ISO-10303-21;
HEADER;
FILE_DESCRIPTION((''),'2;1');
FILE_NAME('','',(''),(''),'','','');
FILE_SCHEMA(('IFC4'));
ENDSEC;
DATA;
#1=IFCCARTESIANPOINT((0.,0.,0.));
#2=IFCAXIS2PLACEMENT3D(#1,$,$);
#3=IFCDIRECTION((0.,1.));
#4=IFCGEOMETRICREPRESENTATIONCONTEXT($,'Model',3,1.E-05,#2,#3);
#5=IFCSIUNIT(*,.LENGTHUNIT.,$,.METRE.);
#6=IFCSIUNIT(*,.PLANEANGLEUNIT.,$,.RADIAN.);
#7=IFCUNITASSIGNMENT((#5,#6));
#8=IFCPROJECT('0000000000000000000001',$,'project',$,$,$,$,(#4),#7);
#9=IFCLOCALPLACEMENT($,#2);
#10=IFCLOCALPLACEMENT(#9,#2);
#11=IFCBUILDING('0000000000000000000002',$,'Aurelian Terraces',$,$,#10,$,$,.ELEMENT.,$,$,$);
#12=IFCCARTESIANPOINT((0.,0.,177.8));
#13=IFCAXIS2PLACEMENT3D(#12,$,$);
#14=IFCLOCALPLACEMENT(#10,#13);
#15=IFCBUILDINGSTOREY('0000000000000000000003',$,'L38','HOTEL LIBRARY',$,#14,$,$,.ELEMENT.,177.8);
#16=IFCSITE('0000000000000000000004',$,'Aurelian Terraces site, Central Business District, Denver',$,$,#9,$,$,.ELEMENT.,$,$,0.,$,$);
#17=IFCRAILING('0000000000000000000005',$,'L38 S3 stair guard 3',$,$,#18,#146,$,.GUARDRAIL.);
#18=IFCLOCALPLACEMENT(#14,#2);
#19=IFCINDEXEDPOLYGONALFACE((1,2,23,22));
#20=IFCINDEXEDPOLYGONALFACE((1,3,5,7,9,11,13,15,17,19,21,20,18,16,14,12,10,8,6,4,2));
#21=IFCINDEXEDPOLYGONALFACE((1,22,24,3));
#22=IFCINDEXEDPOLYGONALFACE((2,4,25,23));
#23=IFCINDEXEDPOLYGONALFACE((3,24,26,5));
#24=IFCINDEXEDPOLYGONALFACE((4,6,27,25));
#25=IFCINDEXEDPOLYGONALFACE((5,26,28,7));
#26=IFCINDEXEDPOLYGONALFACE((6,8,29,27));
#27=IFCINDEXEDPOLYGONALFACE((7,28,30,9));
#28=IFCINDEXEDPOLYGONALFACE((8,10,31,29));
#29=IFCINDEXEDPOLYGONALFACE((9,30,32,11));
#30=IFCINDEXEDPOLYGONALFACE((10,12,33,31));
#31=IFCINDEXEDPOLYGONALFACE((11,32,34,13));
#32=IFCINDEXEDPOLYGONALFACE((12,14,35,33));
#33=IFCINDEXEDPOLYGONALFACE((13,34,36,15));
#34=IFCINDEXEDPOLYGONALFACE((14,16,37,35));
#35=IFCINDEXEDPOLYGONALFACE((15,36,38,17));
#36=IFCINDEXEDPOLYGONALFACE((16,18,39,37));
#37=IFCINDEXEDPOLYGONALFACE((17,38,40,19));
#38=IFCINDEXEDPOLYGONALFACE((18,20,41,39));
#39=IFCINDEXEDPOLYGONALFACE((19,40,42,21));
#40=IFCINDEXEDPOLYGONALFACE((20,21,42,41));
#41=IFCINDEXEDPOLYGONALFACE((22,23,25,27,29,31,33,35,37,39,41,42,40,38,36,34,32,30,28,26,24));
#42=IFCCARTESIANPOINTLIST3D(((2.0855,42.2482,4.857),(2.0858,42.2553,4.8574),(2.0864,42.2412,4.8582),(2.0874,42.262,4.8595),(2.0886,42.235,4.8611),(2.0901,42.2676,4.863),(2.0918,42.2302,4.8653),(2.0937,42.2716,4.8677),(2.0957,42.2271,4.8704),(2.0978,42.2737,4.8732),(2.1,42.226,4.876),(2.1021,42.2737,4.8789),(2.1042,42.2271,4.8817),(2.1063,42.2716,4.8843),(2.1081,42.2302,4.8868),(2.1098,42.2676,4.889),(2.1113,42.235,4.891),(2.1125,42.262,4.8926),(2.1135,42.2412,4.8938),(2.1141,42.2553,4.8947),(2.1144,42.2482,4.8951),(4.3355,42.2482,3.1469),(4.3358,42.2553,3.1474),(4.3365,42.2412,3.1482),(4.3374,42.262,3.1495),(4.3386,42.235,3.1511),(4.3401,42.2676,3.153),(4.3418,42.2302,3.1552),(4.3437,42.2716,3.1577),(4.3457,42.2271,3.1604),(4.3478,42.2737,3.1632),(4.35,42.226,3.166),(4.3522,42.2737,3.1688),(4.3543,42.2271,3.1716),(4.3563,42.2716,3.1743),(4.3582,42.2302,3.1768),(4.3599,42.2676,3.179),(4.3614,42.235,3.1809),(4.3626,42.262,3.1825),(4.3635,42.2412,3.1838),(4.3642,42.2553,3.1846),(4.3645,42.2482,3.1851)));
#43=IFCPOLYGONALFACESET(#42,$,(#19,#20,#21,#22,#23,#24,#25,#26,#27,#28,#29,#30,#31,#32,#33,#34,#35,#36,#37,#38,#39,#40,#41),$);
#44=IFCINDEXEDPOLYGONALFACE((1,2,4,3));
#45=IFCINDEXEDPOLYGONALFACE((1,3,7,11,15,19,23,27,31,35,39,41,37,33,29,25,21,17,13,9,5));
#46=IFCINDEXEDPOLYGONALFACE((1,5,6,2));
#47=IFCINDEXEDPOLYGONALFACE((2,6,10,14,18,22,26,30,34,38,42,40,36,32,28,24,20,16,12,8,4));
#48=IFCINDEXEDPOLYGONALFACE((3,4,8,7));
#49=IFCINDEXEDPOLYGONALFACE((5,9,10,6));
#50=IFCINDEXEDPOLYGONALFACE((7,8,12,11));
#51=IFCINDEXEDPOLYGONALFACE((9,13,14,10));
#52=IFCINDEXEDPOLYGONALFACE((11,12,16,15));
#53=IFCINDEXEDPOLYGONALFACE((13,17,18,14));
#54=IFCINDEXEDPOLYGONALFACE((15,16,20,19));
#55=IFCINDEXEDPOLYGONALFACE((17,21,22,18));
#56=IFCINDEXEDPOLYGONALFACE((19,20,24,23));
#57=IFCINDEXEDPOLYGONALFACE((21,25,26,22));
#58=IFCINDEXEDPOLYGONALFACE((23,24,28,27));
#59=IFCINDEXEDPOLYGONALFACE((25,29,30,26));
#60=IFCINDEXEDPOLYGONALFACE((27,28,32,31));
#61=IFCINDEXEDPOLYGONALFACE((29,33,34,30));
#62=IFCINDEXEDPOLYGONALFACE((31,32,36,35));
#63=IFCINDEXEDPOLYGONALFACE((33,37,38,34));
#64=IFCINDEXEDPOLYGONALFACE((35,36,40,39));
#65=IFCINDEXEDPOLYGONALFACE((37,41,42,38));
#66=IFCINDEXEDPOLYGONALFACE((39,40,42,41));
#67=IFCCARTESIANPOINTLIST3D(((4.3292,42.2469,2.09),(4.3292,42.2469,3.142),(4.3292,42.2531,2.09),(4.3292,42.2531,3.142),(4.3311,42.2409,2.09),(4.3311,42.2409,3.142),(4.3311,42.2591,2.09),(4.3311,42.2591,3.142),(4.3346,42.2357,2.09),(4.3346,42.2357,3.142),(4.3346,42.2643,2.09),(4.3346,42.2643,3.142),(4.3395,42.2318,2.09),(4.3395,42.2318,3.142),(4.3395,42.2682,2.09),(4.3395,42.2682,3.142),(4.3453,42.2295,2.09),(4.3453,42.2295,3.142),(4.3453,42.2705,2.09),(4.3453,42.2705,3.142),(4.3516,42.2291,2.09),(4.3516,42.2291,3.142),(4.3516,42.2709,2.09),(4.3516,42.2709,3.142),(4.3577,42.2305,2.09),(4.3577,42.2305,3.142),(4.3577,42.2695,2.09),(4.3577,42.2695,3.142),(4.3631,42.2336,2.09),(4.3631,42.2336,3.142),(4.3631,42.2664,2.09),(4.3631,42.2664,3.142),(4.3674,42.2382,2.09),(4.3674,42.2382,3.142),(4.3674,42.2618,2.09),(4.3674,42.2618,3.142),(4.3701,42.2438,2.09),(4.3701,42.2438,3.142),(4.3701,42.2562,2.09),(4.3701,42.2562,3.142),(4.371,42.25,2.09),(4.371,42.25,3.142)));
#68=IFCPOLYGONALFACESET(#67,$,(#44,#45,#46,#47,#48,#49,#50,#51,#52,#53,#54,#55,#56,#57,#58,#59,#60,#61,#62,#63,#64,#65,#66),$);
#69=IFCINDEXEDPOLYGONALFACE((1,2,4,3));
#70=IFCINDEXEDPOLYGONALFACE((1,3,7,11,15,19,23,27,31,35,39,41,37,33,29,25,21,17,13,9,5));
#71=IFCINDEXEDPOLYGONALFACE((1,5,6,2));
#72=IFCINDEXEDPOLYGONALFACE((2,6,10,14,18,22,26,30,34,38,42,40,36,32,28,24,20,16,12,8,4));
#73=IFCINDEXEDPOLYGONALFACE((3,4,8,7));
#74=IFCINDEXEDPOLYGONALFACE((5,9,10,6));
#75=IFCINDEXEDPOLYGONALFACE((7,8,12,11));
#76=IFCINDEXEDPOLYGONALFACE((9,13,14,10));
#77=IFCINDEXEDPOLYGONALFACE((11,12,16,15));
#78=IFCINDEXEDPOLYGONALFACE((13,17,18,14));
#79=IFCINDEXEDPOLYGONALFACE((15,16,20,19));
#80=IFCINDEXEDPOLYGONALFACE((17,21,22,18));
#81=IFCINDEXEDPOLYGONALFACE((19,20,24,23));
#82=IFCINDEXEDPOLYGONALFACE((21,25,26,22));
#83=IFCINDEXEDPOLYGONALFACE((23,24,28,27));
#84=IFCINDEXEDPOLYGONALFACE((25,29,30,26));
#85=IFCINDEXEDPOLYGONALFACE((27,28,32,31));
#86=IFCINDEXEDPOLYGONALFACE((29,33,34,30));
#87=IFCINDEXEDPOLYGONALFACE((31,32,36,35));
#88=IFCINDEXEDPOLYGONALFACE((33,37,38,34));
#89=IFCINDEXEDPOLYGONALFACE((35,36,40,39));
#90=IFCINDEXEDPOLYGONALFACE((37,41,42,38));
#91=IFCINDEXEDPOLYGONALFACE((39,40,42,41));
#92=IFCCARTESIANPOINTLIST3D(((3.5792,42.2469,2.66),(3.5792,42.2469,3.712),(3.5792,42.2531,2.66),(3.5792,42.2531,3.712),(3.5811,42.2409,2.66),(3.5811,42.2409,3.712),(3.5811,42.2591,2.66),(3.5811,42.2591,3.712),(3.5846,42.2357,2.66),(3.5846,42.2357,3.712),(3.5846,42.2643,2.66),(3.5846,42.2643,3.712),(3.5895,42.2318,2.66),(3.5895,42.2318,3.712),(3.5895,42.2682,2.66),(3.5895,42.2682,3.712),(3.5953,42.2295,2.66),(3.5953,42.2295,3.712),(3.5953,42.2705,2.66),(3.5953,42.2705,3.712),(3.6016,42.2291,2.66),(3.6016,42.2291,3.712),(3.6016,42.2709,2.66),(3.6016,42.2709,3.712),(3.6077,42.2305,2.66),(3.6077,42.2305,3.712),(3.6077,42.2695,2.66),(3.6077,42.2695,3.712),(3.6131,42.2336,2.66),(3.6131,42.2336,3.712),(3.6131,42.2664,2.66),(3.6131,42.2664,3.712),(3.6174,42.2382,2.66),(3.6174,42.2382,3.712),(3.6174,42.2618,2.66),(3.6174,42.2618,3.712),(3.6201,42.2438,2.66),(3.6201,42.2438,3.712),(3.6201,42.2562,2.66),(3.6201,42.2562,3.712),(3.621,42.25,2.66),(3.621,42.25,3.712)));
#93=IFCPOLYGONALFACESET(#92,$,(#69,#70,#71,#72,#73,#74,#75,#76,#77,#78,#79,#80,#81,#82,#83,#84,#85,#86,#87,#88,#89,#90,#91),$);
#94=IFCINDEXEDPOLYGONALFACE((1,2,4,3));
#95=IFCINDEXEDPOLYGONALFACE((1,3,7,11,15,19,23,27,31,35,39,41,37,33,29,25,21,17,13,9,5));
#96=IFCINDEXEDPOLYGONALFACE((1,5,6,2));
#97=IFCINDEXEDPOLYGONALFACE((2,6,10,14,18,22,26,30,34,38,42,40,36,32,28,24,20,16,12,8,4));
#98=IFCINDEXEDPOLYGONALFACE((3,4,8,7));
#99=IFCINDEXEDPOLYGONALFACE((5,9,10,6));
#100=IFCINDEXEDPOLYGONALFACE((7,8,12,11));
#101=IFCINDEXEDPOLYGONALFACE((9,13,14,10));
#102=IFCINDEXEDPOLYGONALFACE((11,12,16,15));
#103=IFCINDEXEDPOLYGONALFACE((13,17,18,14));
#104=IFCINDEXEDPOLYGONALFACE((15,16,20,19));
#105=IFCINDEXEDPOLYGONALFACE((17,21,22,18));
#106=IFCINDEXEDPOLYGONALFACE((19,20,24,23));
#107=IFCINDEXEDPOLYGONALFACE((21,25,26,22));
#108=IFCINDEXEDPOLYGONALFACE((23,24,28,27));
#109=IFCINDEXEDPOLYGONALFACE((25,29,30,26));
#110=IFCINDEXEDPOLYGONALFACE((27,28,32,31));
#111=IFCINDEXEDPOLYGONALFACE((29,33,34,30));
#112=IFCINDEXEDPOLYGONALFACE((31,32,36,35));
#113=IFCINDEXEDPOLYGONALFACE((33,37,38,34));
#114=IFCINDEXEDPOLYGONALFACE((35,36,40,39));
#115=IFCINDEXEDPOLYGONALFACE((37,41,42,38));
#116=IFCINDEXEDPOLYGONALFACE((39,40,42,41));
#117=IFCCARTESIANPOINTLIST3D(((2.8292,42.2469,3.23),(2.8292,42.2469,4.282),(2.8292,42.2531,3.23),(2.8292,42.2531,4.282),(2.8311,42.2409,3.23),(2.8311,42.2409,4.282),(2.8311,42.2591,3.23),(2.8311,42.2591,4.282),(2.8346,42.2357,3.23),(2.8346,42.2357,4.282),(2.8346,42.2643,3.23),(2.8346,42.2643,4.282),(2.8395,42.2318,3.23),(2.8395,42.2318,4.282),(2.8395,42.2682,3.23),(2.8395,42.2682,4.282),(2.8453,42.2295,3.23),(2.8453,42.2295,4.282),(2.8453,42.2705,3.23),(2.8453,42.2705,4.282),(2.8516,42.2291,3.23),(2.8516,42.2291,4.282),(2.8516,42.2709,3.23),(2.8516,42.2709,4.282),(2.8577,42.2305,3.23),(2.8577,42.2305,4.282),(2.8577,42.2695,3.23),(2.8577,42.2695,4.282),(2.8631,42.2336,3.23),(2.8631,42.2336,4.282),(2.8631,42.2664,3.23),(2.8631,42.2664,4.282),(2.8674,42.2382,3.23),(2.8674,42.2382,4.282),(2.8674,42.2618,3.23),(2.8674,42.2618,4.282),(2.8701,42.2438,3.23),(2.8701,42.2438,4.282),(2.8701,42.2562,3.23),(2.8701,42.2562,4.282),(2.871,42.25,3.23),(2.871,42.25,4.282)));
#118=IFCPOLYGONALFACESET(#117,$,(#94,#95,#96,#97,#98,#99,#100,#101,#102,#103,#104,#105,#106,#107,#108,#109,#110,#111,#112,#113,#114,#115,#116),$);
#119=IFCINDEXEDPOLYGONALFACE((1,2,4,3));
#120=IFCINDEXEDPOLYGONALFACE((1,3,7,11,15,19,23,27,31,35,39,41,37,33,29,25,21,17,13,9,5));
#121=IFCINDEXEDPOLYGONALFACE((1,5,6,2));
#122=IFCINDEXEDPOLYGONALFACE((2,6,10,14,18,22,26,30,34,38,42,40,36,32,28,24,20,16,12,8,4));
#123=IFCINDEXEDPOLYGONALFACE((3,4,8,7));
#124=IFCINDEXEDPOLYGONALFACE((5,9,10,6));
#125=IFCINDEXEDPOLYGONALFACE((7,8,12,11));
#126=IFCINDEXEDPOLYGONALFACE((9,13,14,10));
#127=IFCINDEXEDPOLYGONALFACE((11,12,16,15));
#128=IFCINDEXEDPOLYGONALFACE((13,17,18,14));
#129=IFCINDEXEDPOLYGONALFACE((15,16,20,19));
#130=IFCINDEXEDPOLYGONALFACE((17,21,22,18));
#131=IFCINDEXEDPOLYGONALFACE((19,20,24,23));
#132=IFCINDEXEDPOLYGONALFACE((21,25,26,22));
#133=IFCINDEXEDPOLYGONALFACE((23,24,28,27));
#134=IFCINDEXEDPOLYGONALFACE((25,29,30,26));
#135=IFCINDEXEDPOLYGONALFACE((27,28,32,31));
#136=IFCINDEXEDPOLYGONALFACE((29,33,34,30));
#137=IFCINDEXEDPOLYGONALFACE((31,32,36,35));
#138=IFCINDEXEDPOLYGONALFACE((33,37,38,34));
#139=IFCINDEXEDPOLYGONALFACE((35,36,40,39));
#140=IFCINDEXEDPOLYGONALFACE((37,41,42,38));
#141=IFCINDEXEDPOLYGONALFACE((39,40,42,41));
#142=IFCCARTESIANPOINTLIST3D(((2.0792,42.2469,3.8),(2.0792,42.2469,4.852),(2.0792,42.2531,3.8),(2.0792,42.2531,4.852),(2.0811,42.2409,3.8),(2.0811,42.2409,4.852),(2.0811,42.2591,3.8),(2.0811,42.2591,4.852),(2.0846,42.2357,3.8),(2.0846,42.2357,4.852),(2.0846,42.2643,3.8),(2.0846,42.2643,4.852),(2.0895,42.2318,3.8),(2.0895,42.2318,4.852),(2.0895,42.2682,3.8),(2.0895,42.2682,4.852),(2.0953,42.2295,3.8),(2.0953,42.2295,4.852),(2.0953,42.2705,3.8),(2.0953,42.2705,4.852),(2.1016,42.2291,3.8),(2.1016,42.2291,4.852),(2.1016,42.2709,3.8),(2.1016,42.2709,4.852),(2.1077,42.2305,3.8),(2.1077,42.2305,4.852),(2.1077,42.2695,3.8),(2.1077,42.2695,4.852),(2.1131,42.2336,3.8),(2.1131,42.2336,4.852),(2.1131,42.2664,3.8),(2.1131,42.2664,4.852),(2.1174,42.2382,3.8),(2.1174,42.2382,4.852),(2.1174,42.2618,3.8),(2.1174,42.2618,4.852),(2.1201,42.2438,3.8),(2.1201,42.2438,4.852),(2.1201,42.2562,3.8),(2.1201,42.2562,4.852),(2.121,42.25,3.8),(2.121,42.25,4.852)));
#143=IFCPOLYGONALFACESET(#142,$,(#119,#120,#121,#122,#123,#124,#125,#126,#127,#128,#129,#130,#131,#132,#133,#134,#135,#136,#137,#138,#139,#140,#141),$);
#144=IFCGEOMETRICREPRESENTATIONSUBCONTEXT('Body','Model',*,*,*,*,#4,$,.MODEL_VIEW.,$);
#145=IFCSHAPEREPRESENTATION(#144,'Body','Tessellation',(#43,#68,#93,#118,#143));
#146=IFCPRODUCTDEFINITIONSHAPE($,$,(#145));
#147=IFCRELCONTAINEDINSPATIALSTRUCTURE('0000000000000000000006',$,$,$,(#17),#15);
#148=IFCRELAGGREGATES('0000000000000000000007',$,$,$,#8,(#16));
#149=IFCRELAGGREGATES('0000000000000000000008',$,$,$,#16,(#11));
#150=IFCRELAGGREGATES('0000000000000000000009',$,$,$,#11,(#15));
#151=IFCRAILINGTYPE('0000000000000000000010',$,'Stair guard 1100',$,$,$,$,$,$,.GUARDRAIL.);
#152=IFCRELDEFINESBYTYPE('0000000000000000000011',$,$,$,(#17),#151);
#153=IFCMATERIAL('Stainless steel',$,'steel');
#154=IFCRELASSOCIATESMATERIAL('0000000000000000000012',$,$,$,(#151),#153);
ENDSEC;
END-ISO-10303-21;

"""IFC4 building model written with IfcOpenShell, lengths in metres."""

from ifc_helpers import new_model, si_unit, direction, frame, origin, origin_2d, place, context, subcontext, project, spatial, circle, extrude, material, type_object, element, save


model = new_model("IFC4")

# Units and contexts
model_context = context("Model", 3, precision=1e-05, world=origin(), true_north=direction((0.0, 1.0)))
body_context = subcontext(model_context, "Body", "Model", "MODEL_VIEW")
ifc_project = project(units=[si_unit("LENGTHUNIT", "METRE"), si_unit("PLANEANGLEUNIT", "RADIAN")], contexts=[model_context])

# Site, building, storey
site_placement = place(None, origin())
site = spatial("IfcSite", under=ifc_project, at=site_placement, Name="Aurelian Terraces site, Central Business District, Denver", CompositionType="ELEMENT", RefElevation=0.0)
building_placement = place(site_placement, origin())
building = spatial("IfcBuilding", under=site, at=building_placement, Name="Aurelian Terraces", CompositionType="ELEMENT")
storey_placement = place(building_placement, frame((0.0, 0.0, 177.8)))
storey = spatial("IfcBuildingStorey", under=building, at=storey_placement, Name="L38", Description="HOTEL LIBRARY", CompositionType="ELEMENT", Elevation=177.8)

# Railing
ifc_material_1 = material(Name="Stainless steel", Category="steel")
railing_type_1 = type_object("IfcRailingType", Name="Stair guard 1100", PredefinedType="GUARDRAIL", material=ifc_material_1)
railing_1_placement = place(storey_placement, frame((4.35, 42.25, 2.09)))
element("IfcRailing", 1, at=railing_1_placement, inside=storey, type_object=railing_type_1, Name="L38 S3 stair guard 3", PredefinedType="GUARDRAIL", context=body_context, shape_type="SweptSolid", body=[
    extrude(circle(Radius=0.024, at=origin_2d()), frame((0.0, 0.0, 1.076), z_axis=(-0.796162, 0.0, 0.605083), x_axis=(0.0, -1.0, 0.0)), (0.0, 0.0, 1.0), 2.8261),
    extrude(circle(Radius=0.021, at=origin_2d()), origin(), (0.0, 0.0, 1.0), 1.052),
    extrude(circle(Radius=0.021, at=origin_2d()), frame((-0.75, 0.0, 0.57)), (0.0, 0.0, 1.0), 1.052),
    extrude(circle(Radius=0.021, at=origin_2d()), frame((-1.5, 0.0, 1.14)), (0.0, 0.0, 1.0), 1.052),
    extrude(circle(Radius=0.021, at=origin_2d()), frame((-2.25, 0.0, 1.71)), (0.0, 0.0, 1.0), 1.052),
])

save(model, "model.ifc")
